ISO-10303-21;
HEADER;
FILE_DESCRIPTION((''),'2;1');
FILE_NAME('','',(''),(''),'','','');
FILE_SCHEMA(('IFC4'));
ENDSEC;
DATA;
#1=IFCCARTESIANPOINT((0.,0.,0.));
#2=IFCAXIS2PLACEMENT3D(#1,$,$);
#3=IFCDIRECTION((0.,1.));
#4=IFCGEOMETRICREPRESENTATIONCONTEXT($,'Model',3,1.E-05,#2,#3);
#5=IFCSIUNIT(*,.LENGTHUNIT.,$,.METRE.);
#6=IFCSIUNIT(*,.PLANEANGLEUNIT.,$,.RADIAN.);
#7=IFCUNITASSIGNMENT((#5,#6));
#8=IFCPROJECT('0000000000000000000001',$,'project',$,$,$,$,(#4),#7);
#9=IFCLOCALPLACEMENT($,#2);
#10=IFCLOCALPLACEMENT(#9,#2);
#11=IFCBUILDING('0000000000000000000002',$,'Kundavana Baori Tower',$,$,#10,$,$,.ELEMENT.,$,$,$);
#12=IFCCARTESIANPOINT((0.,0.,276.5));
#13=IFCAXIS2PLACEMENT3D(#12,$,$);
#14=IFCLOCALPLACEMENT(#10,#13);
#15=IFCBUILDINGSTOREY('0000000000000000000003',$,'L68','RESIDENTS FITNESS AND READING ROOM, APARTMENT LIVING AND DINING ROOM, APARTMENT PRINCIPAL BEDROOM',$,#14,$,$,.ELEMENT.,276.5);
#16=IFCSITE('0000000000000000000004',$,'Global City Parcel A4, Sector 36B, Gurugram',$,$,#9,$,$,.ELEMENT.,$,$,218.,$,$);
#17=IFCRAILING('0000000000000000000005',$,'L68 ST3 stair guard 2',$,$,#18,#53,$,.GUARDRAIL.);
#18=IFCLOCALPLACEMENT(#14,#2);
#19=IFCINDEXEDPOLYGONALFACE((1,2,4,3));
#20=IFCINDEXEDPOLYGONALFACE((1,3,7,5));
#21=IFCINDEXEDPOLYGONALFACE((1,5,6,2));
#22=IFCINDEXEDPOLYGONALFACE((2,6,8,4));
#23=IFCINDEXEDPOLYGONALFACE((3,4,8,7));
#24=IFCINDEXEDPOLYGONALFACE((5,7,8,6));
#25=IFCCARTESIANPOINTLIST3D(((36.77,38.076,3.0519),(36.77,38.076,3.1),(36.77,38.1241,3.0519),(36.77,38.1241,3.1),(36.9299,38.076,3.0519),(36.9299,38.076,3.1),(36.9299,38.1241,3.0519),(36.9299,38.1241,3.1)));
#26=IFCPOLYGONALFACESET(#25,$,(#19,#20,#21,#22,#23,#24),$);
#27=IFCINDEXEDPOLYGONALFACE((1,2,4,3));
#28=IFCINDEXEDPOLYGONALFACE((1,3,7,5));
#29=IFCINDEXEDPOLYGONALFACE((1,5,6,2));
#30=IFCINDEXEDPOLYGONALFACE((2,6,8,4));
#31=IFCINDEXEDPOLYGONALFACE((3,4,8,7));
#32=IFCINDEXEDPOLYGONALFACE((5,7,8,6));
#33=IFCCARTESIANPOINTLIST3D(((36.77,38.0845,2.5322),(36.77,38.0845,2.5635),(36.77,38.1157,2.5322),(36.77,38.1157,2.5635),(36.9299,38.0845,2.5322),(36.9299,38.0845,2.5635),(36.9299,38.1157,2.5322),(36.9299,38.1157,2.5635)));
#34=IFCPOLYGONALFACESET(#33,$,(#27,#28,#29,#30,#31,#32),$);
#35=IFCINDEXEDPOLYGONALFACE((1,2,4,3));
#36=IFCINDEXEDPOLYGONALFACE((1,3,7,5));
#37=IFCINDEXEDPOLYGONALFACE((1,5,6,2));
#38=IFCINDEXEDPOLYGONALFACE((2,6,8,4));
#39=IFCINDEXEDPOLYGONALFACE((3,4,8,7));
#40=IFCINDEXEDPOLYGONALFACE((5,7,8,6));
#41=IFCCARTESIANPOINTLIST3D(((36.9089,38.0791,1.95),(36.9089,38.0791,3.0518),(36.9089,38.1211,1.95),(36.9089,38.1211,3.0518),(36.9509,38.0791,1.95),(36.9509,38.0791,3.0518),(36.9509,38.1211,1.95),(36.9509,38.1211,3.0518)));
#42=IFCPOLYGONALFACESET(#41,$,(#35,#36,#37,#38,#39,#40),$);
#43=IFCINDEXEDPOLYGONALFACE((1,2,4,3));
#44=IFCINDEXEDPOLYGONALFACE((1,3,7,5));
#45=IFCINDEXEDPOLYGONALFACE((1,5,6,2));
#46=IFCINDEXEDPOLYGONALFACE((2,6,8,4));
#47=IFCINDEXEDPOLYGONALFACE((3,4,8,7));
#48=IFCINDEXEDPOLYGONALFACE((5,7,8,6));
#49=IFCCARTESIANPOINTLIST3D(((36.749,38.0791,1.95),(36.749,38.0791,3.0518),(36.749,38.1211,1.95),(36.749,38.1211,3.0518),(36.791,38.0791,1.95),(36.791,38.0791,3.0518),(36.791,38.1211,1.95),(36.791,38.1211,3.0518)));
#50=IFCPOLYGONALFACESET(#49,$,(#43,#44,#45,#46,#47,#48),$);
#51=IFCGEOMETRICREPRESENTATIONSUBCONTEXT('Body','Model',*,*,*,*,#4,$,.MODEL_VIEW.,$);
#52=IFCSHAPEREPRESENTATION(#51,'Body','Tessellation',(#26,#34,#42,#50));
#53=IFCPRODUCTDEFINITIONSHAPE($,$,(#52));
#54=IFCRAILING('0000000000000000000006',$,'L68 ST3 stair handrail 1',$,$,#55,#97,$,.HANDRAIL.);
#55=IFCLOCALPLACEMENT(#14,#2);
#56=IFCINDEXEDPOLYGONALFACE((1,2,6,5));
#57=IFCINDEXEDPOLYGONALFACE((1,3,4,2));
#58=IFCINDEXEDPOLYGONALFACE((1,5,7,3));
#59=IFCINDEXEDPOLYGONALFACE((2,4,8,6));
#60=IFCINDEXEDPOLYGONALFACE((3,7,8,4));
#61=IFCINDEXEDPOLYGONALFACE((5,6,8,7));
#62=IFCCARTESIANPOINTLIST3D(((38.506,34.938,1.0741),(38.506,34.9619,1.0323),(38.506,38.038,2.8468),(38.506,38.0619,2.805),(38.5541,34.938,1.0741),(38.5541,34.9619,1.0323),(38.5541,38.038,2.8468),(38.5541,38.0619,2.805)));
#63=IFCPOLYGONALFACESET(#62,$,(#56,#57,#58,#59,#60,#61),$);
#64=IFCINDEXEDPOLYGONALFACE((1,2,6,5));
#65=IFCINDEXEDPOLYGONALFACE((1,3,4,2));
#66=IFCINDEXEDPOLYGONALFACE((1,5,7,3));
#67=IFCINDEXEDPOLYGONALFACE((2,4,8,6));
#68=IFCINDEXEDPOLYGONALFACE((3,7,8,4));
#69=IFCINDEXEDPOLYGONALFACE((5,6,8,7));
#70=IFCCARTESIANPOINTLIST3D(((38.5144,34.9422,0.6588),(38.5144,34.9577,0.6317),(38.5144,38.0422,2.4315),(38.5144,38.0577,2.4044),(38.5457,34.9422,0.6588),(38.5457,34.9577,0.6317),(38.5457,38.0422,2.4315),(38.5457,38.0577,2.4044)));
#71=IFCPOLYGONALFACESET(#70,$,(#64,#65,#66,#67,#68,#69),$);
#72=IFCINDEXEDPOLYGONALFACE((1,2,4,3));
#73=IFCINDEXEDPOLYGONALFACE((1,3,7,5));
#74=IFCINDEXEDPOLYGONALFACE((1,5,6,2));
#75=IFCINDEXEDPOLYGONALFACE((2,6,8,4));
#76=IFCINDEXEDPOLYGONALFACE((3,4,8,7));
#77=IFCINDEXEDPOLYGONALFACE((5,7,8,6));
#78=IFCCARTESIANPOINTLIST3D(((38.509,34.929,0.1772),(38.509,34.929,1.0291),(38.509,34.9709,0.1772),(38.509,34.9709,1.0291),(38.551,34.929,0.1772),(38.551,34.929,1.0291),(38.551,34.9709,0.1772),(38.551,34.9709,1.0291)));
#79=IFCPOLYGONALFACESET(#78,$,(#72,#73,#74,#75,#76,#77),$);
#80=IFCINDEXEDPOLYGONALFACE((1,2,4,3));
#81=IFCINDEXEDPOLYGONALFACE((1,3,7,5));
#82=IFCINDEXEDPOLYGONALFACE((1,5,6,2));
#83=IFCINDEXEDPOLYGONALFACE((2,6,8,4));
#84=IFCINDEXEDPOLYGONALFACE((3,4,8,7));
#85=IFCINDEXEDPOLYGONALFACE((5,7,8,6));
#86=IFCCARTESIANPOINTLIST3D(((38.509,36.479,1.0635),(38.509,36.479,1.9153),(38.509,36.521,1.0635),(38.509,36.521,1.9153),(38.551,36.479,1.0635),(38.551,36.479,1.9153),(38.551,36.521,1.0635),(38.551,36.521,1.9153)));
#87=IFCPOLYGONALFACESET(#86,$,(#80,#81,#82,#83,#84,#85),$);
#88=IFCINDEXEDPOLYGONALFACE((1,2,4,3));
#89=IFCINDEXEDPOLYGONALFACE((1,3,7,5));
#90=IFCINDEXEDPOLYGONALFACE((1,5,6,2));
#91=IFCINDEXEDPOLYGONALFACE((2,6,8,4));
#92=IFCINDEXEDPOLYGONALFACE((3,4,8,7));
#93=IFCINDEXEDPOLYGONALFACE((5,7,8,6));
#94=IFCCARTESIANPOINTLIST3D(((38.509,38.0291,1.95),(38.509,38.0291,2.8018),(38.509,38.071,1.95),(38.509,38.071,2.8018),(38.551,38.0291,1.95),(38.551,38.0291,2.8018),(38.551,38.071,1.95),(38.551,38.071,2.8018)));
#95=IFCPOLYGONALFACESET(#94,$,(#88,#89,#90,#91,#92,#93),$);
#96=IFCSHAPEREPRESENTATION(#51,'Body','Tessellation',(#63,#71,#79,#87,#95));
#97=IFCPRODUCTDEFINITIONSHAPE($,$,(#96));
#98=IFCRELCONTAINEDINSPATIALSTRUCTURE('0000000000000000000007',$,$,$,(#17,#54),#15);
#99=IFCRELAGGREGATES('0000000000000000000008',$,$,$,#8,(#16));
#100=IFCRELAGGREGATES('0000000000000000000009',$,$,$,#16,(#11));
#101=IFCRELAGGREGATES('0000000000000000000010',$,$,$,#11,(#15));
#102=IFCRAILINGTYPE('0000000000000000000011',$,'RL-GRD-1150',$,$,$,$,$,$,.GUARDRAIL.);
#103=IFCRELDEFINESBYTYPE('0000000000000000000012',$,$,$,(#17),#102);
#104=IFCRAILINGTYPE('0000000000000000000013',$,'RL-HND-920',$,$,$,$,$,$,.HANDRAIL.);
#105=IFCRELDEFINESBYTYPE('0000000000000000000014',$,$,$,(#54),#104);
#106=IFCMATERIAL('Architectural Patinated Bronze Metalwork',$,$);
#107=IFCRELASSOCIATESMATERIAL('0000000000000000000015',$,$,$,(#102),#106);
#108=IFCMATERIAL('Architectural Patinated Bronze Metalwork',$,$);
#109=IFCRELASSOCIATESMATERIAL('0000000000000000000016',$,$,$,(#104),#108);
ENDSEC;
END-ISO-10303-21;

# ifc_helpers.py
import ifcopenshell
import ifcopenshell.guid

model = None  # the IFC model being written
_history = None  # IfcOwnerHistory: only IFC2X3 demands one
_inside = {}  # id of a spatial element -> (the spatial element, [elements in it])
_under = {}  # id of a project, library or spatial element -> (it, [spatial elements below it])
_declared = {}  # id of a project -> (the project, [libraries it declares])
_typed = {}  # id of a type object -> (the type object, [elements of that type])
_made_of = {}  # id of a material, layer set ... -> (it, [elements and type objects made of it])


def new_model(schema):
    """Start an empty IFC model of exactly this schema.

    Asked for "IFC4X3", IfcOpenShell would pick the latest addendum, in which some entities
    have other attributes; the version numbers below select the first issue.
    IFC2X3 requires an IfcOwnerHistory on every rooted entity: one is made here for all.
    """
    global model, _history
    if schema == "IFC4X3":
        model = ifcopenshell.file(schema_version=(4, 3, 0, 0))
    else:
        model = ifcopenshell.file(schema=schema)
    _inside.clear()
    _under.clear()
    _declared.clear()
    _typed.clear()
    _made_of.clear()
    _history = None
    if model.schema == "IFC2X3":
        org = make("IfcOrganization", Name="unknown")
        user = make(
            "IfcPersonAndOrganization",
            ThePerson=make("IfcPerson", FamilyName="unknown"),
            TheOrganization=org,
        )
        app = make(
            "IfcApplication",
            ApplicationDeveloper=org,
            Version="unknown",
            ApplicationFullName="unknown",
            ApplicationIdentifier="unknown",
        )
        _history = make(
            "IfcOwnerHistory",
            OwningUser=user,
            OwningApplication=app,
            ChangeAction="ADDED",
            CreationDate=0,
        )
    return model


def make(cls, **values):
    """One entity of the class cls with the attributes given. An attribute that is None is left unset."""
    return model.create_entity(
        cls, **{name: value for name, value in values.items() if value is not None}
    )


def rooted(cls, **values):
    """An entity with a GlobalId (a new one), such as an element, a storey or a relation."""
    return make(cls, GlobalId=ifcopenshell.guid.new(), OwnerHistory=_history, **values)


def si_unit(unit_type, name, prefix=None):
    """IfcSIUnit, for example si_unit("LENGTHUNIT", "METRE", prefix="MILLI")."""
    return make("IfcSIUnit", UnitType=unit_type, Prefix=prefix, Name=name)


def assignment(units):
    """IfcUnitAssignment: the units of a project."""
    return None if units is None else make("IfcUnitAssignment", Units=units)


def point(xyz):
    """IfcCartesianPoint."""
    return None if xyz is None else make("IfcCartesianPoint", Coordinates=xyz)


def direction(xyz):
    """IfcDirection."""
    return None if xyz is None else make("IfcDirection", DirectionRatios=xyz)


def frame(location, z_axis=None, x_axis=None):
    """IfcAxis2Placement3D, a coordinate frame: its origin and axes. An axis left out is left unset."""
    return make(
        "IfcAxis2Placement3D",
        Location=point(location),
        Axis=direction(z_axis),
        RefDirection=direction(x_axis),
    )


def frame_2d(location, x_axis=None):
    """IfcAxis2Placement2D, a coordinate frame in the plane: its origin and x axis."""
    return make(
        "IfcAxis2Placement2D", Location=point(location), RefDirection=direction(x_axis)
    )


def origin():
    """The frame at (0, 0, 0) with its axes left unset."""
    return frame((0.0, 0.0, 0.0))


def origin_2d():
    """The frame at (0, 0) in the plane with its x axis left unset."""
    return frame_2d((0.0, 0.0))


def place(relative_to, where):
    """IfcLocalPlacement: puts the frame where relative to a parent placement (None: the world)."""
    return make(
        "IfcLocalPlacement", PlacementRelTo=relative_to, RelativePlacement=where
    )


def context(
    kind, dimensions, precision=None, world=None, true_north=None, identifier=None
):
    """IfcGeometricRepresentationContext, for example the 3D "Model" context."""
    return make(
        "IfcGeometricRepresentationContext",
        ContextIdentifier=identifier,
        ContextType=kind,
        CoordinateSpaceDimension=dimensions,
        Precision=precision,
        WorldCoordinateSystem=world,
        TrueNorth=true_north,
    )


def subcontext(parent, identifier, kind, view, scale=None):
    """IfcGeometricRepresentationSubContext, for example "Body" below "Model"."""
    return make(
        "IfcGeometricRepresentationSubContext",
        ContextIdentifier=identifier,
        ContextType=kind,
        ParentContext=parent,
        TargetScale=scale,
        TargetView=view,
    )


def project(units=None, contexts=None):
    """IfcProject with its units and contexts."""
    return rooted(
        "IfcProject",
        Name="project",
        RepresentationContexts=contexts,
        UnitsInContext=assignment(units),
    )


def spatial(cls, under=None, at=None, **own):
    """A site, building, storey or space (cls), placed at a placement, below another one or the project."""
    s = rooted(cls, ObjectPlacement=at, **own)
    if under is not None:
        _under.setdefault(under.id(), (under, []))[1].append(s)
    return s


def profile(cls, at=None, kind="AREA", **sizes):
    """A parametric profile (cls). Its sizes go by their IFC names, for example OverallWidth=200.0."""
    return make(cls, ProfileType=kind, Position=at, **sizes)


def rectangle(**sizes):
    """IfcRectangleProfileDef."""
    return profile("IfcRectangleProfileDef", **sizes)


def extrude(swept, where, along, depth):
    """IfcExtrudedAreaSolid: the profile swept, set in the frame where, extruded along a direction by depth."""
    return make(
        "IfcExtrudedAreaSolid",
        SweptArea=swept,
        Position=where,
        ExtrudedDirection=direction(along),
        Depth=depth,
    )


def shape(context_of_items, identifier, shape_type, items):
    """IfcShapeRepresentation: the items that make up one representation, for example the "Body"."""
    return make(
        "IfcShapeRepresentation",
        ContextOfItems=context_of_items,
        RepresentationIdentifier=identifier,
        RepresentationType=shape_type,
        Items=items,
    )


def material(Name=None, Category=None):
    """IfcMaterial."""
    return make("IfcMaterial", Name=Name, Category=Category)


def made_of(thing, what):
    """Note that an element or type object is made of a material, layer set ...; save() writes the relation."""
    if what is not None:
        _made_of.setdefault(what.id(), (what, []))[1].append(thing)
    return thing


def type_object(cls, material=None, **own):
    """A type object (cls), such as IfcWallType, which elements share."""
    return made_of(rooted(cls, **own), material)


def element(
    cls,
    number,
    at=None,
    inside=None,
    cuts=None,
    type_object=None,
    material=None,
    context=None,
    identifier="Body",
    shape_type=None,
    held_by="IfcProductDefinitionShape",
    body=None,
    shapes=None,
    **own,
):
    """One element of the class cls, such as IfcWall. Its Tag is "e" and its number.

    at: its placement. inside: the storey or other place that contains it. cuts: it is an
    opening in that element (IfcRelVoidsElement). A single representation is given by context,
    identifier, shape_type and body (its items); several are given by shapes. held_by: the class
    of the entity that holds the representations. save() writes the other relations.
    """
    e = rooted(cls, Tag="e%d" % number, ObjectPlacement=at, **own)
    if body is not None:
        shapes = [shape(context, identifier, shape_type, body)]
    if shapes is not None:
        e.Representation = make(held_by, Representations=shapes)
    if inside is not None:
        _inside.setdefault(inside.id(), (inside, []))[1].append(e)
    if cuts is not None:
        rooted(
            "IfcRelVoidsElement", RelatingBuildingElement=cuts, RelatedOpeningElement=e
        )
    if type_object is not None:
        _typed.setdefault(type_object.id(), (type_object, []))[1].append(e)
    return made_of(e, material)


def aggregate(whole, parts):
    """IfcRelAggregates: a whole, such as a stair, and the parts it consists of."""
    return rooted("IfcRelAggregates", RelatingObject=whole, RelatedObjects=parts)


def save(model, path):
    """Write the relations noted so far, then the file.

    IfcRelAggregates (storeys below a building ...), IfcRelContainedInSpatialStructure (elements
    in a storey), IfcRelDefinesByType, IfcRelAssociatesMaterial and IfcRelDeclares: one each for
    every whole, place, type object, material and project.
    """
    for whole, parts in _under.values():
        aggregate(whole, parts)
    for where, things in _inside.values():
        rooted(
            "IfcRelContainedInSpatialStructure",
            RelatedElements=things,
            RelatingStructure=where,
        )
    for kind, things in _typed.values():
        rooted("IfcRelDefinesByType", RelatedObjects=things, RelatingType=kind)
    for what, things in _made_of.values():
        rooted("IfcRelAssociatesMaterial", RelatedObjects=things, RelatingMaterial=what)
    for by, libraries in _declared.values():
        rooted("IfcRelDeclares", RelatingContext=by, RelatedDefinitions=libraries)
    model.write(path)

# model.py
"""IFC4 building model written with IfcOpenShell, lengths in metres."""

from ifc_helpers import new_model, si_unit, direction, frame, origin, origin_2d, place, context, subcontext, project, spatial, rectangle, extrude, material, type_object, element, save


model = new_model("IFC4")

# Units and contexts
model_context = context("Model", 3, precision=1e-05, world=origin(), true_north=direction((0.0, 1.0)))
body_context = subcontext(model_context, "Body", "Model", "MODEL_VIEW")
ifc_project = project(units=[si_unit("LENGTHUNIT", "METRE"), si_unit("PLANEANGLEUNIT", "RADIAN")], contexts=[model_context])

# Site, building, storey
site_placement = place(None, origin())
site = spatial("IfcSite", under=ifc_project, at=site_placement, Name="Global City Parcel A4, Sector 36B, Gurugram", CompositionType="ELEMENT", RefElevation=218.0)
building_placement = place(site_placement, origin())
building = spatial("IfcBuilding", under=site, at=building_placement, Name="Kundavana Baori Tower", CompositionType="ELEMENT")
storey_placement = place(building_placement, frame((0.0, 0.0, 276.5)))
storey = spatial("IfcBuildingStorey", under=building, at=storey_placement, Name="L68", Description="RESIDENTS FITNESS AND READING ROOM, APARTMENT LIVING AND DINING ROOM, APARTMENT PRINCIPAL BEDROOM", CompositionType="ELEMENT", Elevation=276.5)

# Railings
ifc_material_1 = material(Name="Architectural Patinated Bronze Metalwork")
railing_type_1 = type_object("IfcRailingType", Name="RL-GRD-1150", PredefinedType="GUARDRAIL", material=ifc_material_1)
railing_1_placement = place(storey_placement, frame((36.9299, 38.1001, 1.95)))
element("IfcRailing", 1, at=railing_1_placement, inside=storey, type_object=railing_type_1, Name="L68 ST3 stair guard 2", PredefinedType="GUARDRAIL", context=body_context, shape_type="SweptSolid", body=[
    extrude(rectangle(XDim=0.0481, YDim=0.0481, at=origin_2d()), frame((0.0, 0.0, 1.126), z_axis=(-1.0, 0.0, 0.0), x_axis=(0.0, -1.0, 0.0)), (0.0, 0.0, 1.0), 0.1599),
    extrude(rectangle(XDim=0.0312, YDim=0.0312, at=origin_2d()), frame((0.0, 0.0, 0.5979), z_axis=(-1.0, 0.0, 0.0), x_axis=(0.0, -1.0, 0.0)), (0.0, 0.0, 1.0), 0.1599),
    extrude(rectangle(XDim=0.042, YDim=0.042, at=origin_2d()), origin(), (0.0, 0.0, 1.0), 1.1018),
    extrude(rectangle(XDim=0.042, YDim=0.042, at=origin_2d()), frame((-0.1599, 0.0, 0.0)), (0.0, 0.0, 1.0), 1.1018),
])
ifc_material_2 = material(Name="Architectural Patinated Bronze Metalwork")
railing_type_2 = type_object("IfcRailingType", Name="RL-HND-920", PredefinedType="HANDRAIL", material=ifc_material_2)
railing_2_placement = place(storey_placement, frame((38.53, 34.95, 0.1772)))
element("IfcRailing", 2, at=railing_2_placement, inside=storey, type_object=railing_type_2, Name="L68 ST3 stair handrail 1", PredefinedType="HANDRAIL", context=body_context, shape_type="SweptSolid", body=[
    extrude(rectangle(XDim=0.0481, YDim=0.0481, at=origin_2d()), frame((0.0, 0.0, 0.876), z_axis=(0.0, 0.868096, 0.496397), x_axis=(-1.0, 0.0, 0.0)), (0.0, 0.0, 1.0), 3.571),
    extrude(rectangle(XDim=0.0312, YDim=0.0312, at=origin_2d()), frame((0.0, 0.0, 0.468), z_axis=(0.0, 0.868096, 0.496397), x_axis=(-1.0, 0.0, 0.0)), (0.0, 0.0, 1.0), 3.571),
    extrude(rectangle(XDim=0.042, YDim=0.042, at=origin_2d()), origin(), (0.0, 0.0, 1.0), 0.8518),
    extrude(rectangle(XDim=0.042, YDim=0.042, at=origin_2d()), frame((0.0, 1.55, 0.8862)), (0.0, 0.0, 1.0), 0.8518),
    extrude(rectangle(XDim=0.042, YDim=0.042, at=origin_2d()), frame((0.0, 3.1001, 1.7727)), (0.0, 0.0, 1.0), 0.8518),
])

save(model, "model.ifc")
